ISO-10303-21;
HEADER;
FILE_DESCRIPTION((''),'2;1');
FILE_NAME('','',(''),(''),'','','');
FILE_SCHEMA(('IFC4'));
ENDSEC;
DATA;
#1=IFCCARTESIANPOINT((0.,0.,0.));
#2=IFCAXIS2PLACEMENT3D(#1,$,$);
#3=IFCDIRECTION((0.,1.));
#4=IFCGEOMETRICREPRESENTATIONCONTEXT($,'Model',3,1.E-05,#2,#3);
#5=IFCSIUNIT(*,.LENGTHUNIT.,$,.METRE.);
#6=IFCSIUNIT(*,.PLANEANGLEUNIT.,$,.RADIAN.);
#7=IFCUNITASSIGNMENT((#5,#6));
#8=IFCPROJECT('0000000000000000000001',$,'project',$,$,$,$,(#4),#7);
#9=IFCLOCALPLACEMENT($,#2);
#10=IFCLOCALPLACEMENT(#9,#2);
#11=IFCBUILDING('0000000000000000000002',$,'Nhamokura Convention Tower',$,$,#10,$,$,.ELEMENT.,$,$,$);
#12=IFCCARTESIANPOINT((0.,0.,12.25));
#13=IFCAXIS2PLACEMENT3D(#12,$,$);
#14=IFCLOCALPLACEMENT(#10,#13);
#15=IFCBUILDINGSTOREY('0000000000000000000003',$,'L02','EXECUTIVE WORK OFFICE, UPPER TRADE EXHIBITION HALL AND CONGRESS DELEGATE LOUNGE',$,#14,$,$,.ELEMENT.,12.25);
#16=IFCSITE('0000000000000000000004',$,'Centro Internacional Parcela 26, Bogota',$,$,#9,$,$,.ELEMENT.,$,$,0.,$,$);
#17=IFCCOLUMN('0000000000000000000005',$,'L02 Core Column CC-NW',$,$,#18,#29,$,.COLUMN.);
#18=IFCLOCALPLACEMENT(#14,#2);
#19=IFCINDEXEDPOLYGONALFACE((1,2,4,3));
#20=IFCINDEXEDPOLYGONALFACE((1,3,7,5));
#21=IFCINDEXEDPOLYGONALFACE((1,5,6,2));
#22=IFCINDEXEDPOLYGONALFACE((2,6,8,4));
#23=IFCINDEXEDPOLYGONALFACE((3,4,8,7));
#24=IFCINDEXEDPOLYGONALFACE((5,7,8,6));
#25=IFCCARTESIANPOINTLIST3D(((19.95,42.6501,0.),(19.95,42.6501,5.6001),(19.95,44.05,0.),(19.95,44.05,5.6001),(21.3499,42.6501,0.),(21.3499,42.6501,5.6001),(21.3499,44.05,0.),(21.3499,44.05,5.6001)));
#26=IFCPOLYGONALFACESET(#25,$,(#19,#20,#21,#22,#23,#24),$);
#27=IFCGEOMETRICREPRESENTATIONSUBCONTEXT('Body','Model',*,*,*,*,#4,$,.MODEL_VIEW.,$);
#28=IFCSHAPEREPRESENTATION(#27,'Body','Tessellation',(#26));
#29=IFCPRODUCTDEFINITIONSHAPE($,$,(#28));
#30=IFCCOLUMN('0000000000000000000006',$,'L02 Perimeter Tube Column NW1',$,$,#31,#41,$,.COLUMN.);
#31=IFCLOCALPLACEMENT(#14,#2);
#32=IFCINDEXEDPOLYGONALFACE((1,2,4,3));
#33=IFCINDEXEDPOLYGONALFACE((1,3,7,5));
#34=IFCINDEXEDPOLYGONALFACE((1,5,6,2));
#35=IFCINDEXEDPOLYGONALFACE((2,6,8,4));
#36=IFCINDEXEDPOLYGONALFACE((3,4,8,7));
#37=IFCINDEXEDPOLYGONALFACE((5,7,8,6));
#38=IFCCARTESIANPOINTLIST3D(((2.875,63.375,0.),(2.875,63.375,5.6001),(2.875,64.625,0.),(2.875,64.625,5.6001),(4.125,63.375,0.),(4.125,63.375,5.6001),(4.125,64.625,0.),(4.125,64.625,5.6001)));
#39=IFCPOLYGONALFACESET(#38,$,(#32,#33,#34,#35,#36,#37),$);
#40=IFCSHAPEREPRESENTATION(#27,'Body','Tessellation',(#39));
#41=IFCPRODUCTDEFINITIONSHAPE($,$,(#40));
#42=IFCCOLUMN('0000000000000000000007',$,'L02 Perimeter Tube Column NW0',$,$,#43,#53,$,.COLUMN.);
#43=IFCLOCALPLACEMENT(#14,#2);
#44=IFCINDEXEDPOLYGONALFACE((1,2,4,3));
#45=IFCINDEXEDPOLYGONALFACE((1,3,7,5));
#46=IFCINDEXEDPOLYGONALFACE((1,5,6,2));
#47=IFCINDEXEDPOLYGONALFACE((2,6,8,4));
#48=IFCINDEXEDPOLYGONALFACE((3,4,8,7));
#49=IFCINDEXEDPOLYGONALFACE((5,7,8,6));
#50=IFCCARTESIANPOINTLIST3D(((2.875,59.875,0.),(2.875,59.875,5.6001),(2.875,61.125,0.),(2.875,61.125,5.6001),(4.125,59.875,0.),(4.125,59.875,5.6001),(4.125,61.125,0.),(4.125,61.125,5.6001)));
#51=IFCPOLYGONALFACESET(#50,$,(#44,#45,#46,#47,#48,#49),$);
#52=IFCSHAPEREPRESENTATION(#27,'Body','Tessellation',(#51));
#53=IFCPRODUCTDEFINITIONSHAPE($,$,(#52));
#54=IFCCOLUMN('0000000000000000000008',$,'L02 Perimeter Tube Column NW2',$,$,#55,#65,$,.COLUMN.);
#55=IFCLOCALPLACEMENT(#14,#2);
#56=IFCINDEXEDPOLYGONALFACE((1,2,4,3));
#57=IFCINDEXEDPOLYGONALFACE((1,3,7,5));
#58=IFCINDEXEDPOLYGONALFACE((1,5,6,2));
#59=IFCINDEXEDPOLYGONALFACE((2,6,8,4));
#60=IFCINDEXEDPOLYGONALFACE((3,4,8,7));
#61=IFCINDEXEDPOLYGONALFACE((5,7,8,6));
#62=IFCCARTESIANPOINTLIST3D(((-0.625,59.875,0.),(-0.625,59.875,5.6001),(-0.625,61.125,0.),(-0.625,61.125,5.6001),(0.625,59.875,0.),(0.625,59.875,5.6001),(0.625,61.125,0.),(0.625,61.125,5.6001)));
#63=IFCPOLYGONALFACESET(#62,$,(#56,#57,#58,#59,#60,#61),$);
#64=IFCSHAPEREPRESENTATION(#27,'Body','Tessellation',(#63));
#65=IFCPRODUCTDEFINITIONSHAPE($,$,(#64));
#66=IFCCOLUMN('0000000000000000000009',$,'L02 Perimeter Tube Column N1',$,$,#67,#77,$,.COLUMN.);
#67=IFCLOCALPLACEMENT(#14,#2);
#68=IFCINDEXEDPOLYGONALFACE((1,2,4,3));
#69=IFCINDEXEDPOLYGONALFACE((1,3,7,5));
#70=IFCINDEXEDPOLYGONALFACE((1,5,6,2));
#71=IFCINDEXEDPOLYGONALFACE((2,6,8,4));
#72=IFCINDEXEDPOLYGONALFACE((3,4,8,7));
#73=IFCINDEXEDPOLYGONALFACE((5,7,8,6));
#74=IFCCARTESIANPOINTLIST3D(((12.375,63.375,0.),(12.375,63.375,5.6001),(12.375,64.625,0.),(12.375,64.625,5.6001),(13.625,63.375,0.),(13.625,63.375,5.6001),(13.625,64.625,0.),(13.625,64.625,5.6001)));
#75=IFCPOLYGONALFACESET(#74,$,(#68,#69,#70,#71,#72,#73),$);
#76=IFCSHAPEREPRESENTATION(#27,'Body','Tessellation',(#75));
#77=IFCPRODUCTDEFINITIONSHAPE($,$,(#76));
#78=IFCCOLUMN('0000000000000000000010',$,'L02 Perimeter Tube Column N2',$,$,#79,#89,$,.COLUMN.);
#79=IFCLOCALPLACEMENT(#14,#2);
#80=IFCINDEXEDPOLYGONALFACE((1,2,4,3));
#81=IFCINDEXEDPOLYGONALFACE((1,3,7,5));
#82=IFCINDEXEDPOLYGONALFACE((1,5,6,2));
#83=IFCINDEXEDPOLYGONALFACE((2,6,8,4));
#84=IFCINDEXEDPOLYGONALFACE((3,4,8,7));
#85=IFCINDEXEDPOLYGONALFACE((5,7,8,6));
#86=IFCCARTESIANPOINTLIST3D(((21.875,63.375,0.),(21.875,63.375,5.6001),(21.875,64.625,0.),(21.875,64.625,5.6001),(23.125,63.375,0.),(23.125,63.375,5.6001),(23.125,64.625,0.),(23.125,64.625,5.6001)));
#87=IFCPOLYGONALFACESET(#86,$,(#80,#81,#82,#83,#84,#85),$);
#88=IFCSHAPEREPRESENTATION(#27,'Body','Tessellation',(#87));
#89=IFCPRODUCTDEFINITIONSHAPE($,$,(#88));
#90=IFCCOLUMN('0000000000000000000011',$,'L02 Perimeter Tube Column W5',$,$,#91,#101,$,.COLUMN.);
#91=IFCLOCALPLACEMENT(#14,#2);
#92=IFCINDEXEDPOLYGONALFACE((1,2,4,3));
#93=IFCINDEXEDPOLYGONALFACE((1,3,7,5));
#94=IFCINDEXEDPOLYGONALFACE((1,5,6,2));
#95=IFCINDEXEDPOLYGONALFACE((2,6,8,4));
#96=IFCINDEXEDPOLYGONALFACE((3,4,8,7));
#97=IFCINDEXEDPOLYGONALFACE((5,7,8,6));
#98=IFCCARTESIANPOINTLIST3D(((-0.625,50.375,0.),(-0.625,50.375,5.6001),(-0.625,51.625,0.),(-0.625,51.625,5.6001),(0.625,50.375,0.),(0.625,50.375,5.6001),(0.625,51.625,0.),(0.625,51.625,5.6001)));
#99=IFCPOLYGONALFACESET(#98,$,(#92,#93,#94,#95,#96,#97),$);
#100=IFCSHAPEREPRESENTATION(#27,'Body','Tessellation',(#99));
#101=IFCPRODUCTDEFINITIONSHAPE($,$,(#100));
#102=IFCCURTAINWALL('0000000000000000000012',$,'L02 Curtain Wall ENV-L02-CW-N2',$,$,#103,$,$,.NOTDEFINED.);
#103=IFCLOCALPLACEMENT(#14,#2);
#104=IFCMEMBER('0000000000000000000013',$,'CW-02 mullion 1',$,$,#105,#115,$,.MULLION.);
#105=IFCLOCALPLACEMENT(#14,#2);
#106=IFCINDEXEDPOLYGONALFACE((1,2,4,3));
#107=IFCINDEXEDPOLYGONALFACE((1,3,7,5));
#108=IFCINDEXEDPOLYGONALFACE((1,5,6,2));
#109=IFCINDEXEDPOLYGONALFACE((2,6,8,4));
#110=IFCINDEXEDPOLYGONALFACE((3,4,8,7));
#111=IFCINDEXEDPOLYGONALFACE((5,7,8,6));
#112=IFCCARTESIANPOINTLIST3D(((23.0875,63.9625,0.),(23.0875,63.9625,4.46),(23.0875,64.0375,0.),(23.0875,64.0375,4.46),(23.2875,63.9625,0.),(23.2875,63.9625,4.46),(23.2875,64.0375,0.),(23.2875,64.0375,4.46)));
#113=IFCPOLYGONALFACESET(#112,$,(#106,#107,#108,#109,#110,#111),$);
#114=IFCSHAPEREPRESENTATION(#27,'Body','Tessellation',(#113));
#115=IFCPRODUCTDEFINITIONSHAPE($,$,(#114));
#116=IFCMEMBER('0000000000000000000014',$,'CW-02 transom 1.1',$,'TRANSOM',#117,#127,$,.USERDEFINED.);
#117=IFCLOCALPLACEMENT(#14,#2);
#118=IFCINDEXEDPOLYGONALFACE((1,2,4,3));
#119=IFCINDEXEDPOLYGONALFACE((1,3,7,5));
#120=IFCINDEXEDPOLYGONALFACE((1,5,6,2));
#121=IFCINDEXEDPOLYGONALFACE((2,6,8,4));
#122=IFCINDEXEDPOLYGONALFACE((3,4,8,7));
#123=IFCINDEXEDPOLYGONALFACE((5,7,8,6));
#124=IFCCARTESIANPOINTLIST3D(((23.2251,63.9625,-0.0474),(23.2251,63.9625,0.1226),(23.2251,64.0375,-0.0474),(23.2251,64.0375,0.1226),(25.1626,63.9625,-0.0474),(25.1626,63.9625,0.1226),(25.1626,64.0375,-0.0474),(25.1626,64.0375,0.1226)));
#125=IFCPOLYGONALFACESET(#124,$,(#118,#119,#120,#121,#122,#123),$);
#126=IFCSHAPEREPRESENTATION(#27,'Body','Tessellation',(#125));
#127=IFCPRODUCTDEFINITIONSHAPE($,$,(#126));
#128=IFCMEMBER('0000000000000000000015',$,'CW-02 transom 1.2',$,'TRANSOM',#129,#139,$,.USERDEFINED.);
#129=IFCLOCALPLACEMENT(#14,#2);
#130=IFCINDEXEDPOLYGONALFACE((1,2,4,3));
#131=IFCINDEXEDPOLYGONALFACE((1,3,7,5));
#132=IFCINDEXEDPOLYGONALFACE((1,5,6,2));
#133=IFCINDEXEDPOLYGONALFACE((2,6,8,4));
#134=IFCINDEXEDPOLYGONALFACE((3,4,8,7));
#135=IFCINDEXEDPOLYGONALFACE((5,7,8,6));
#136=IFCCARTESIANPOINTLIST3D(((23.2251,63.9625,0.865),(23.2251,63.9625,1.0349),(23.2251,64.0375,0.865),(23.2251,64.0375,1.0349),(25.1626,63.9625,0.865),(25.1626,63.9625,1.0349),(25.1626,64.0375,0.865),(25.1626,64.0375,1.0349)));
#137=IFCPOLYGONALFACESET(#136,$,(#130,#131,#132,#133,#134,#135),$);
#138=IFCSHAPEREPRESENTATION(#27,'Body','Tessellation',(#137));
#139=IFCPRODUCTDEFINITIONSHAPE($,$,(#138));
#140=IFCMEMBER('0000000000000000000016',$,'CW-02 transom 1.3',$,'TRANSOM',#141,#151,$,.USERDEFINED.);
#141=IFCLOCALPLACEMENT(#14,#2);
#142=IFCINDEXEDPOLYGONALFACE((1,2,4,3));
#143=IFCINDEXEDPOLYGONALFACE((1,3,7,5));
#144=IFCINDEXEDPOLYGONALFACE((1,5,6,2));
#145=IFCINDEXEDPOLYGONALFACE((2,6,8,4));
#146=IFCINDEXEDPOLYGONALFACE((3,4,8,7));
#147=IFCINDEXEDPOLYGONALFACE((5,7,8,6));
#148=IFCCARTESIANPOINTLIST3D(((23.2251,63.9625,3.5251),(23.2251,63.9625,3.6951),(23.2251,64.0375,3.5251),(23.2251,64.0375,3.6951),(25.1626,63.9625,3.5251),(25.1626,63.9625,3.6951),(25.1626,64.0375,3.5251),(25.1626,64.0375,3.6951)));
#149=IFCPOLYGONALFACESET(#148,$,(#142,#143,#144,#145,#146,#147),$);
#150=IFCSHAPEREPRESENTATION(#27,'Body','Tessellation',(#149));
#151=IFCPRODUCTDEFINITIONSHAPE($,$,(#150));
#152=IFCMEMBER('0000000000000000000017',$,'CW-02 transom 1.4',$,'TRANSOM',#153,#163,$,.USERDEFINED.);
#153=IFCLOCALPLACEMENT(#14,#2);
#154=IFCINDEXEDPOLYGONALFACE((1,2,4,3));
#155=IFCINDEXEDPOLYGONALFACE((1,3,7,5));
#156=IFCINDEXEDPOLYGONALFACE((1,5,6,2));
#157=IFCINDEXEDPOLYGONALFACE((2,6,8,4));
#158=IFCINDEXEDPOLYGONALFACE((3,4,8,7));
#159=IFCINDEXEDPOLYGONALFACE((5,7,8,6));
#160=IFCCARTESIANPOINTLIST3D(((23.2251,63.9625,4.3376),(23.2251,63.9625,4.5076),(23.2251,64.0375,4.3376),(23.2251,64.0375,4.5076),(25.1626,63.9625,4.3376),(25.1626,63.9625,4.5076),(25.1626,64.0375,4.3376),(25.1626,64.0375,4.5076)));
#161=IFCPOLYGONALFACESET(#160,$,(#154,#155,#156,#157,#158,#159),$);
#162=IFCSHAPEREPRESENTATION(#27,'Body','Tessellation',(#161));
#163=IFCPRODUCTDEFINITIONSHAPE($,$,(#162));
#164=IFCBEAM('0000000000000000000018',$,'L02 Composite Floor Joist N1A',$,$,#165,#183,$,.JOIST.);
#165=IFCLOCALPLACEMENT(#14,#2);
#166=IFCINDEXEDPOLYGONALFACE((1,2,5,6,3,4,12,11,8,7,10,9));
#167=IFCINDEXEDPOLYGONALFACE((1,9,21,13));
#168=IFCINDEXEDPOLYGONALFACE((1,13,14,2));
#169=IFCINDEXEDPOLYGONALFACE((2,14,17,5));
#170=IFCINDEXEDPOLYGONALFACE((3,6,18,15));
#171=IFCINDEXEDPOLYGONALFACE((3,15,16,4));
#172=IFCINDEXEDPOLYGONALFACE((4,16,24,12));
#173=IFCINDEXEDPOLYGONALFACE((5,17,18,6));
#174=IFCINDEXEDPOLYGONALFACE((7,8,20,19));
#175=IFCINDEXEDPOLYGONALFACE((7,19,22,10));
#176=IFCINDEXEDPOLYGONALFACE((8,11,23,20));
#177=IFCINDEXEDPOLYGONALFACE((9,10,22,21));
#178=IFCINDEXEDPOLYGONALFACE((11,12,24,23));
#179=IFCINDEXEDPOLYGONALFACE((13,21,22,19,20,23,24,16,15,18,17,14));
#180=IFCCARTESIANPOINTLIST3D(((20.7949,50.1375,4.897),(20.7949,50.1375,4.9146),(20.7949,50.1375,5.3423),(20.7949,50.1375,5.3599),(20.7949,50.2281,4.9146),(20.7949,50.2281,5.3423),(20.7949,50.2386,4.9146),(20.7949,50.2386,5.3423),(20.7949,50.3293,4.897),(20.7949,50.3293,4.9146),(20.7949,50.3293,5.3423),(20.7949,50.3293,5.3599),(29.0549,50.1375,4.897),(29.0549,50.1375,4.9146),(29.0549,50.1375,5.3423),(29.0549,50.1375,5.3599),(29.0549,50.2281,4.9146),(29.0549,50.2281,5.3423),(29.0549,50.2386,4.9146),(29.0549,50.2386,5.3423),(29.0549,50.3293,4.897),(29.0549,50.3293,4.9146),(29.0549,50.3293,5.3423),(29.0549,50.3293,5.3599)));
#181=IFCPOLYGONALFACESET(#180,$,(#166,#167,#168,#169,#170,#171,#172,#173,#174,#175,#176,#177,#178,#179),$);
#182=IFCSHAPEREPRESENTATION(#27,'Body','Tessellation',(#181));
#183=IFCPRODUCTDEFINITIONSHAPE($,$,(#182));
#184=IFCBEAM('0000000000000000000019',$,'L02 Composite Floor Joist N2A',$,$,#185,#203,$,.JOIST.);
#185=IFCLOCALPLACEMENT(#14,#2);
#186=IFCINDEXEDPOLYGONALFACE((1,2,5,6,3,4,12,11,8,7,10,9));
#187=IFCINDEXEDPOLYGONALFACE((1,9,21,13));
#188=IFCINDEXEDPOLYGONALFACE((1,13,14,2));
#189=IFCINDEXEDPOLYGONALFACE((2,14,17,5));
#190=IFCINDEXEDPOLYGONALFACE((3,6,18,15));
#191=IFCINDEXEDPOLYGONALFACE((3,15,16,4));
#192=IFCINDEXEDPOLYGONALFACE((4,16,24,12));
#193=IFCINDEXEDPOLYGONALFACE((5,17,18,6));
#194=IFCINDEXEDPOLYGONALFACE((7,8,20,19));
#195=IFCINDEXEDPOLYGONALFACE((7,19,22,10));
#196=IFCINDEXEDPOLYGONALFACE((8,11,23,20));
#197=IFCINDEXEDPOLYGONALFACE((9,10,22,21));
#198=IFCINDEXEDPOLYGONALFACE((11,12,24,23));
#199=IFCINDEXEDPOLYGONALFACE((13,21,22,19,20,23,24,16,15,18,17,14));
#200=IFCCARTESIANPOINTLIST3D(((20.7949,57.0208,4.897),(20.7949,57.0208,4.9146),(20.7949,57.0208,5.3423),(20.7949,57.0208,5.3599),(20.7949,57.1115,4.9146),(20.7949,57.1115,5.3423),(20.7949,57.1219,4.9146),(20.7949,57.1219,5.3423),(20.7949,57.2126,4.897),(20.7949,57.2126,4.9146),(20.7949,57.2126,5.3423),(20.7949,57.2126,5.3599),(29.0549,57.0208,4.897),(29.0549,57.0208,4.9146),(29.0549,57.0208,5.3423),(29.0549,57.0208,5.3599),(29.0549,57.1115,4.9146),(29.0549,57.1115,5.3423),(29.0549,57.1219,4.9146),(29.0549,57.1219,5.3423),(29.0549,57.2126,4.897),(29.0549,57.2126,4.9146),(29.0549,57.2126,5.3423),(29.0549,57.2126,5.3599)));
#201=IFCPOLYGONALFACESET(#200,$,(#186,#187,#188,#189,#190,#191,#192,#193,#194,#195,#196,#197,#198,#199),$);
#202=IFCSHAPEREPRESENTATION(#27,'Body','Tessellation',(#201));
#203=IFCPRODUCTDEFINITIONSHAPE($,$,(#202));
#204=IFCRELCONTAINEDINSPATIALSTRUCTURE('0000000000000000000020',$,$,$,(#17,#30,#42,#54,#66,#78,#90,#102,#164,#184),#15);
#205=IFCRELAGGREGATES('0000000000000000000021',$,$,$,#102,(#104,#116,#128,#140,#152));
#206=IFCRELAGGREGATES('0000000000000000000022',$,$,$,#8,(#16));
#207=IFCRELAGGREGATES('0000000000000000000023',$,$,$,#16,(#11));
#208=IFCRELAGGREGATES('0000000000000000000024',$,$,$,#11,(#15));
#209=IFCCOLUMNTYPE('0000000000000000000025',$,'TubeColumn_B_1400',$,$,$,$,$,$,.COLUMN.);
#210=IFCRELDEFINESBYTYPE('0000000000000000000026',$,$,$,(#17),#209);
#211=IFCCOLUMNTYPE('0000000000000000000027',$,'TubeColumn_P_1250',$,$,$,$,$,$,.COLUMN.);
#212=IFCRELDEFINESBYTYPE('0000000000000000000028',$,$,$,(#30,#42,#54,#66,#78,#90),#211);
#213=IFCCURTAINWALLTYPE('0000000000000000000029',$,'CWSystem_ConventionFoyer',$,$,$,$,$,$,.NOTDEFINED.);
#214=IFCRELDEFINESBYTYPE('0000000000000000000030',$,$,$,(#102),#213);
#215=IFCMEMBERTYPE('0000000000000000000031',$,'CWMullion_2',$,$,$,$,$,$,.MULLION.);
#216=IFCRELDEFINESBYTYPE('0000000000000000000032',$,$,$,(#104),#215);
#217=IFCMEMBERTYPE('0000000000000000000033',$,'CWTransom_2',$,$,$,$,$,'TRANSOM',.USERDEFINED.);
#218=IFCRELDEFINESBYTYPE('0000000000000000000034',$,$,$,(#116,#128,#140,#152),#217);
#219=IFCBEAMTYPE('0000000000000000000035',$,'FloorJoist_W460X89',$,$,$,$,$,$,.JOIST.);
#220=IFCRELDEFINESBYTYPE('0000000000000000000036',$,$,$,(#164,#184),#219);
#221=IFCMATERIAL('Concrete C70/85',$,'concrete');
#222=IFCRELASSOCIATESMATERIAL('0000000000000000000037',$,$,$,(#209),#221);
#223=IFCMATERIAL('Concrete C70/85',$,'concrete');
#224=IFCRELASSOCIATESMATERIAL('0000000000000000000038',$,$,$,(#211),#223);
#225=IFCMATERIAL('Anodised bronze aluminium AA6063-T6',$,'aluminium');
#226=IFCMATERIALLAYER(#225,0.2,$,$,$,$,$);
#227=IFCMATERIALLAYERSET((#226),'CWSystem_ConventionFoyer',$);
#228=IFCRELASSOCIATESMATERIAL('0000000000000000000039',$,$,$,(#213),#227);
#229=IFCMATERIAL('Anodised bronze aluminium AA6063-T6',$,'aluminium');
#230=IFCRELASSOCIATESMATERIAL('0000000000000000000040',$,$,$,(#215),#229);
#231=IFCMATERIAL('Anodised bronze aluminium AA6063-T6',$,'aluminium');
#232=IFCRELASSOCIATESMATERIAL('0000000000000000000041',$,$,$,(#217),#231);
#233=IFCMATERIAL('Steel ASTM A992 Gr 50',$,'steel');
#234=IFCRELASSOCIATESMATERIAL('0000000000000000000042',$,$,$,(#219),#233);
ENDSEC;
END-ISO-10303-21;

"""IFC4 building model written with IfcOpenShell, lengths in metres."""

from ifc_helpers import new_model, si_unit, direction, frame, origin, origin_2d, place, context, subcontext, project, spatial, rectangle, i_section, extrude, material, layer, layer_set, material_profile, profile_set, type_object, element, aggregate, save


model = new_model("IFC4")

# Units and contexts
model_context = context("Model", 3, precision=1e-05, world=origin(), true_north=direction((0.0, 1.0)))
body_context = subcontext(model_context, "Body", "Model", "MODEL_VIEW")
ifc_project = project(units=[si_unit("LENGTHUNIT", "METRE"), si_unit("PLANEANGLEUNIT", "RADIAN")], contexts=[model_context])

# Site, building, storey
site_placement = place(None, origin())
site = spatial("IfcSite", under=ifc_project, at=site_placement, Name="Centro Internacional Parcela 26, Bogota", CompositionType="ELEMENT", RefElevation=0.0)
building_placement = place(site_placement, origin())
building = spatial("IfcBuilding", under=site, at=building_placement, Name="Nhamokura Convention Tower", CompositionType="ELEMENT")
storey_placement = place(building_placement, frame((0.0, 0.0, 12.25)))
storey = spatial("IfcBuildingStorey", under=building, at=storey_placement, Name="L02", Description="EXECUTIVE WORK OFFICE, UPPER TRADE EXHIBITION HALL AND CONGRESS DELEGATE LOUNGE", CompositionType="ELEMENT", Elevation=12.25)

# Columns
ifc_material_1 = material(Name="Concrete C70/85", Category="concrete")
ifc_material_profile_1 = material_profile(ifc_material_1, rectangle(XDim=1.3999, YDim=1.3999, at=origin_2d()))
ifc_profile_set_1 = profile_set([ifc_material_profile_1], Name="Concrete C70/85")
column_type_1 = type_object("IfcColumnType", Name="TubeColumn_B_1400", PredefinedType="COLUMN", material=ifc_profile_set_1)
column_placement = place(storey_placement, frame((20.6499, 43.3501, 0.0), z_axis=(0.0, 0.0, 1.0), x_axis=(1.0, 0.0, 0.0)))
element("IfcColumn", 1, at=column_placement, inside=storey, type_object=column_type_1, Name="L02 Core Column CC-NW", PredefinedType="COLUMN", context=body_context, shape_type="SweptSolid", body=[
    extrude(rectangle(XDim=1.3999, YDim=1.3999, at=origin_2d()), origin(), (0.0, 0.0, 1.0), 5.6001),
])
ifc_material_2 = material(Name="Concrete C70/85", Category="concrete")
ifc_material_profile_2 = material_profile(ifc_material_2, rectangle(XDim=1.25, YDim=1.25, at=origin_2d()))
ifc_profile_set_2 = profile_set([ifc_material_profile_2], Name="Concrete C70/85")
column_type_2 = type_object("IfcColumnType", Name="TubeColumn_P_1250", PredefinedType="COLUMN", material=ifc_profile_set_2)
for number, where, z_axis, x_axis, name in (
    (2, (3.5, 64.0, 0.0), (0.0, 0.0, 1.0), (1.0, 0.0, 0.0), "L02 Perimeter Tube Column NW1"),
    (3, (3.5, 60.5, 0.0), (0.0, 0.0, 1.0), (1.0, 0.0, 0.0), "L02 Perimeter Tube Column NW0"),
    (4, (0.0, 60.5, 0.0), (0.0, 0.0, 1.0), (1.0, 0.0, 0.0), "L02 Perimeter Tube Column NW2"),
    (5, (13.0, 64.0, 0.0), (0.0, 0.0, 1.0), (1.0, 0.0, 0.0), "L02 Perimeter Tube Column N1"),
    (6, (22.5, 64.0, 0.0), (0.0, 0.0, 1.0), (1.0, 0.0, 0.0), "L02 Perimeter Tube Column N2"),
    (7, (0.0, 51.0, 0.0), (0.0, 0.0, 1.0), (1.0, 0.0, 0.0), "L02 Perimeter Tube Column W5"),
):
    element("IfcColumn", number, at=place(storey_placement, frame(where, z_axis=z_axis, x_axis=x_axis)), inside=storey, type_object=column_type_2, Name=name, PredefinedType="COLUMN", context=body_context, shape_type="SweptSolid", body=[
        extrude(rectangle(XDim=1.25, YDim=1.25, at=origin_2d()), origin(), (0.0, 0.0, 1.0), 5.6001),
    ])

# Curtain wall, members
ifc_material_3 = material(Name="Anodised bronze aluminium AA6063-T6", Category="aluminium")
ifc_layer_1 = layer(ifc_material_3, 0.2)
ifc_layer_set_1 = layer_set([ifc_layer_1], Name="CWSystem_ConventionFoyer")
curtain_wall_type = type_object("IfcCurtainWallType", Name="CWSystem_ConventionFoyer", PredefinedType="NOTDEFINED", material=ifc_layer_set_1)
curtain_wall_placement = place(storey_placement, origin())
curtain_wall = element("IfcCurtainWall", 8, at=curtain_wall_placement, inside=storey, type_object=curtain_wall_type, Name="L02 Curtain Wall ENV-L02-CW-N2", PredefinedType="NOTDEFINED")
ifc_material_4 = material(Name="Anodised bronze aluminium AA6063-T6", Category="aluminium")
ifc_material_profile_3 = material_profile(ifc_material_4, rectangle(XDim=0.075, YDim=0.2, at=origin_2d()))
ifc_profile_set_3 = profile_set([ifc_material_profile_3], Name="Anodised bronze aluminium AA6063-T6")
member_type_1 = type_object("IfcMemberType", Name="CWMullion_2", PredefinedType="MULLION", material=ifc_profile_set_3)
member_1_placement = place(storey_placement, frame((23.1875, 64.0, 0.0), z_axis=(0.0, 0.0, 1.0), x_axis=(0.0, 1.0, 0.0)))
member_1 = element("IfcMember", 9, at=member_1_placement, type_object=member_type_1, Name="CW-02 mullion 1", PredefinedType="MULLION", context=body_context, shape_type="SweptSolid", body=[
    extrude(rectangle(XDim=0.075, YDim=0.2, at=origin_2d()), origin(), (0.0, 0.0, 1.0), 4.46),
])
ifc_material_5 = material(Name="Anodised bronze aluminium AA6063-T6", Category="aluminium")
ifc_material_profile_4 = material_profile(ifc_material_5, rectangle(XDim=0.075, YDim=0.1699, at=origin_2d()))
ifc_profile_set_4 = profile_set([ifc_material_profile_4], Name="Anodised bronze aluminium AA6063-T6")
member_type_2 = type_object("IfcMemberType", Name="CWTransom_2", ElementType="TRANSOM", PredefinedType="USERDEFINED", material=ifc_profile_set_4)
member_2_placement = place(storey_placement, frame((23.2251, 64.0, 0.0376), z_axis=(1.0, 0.0, 0.0), x_axis=(0.0, 1.0, 0.0)))
member_2 = element("IfcMember", 10, at=member_2_placement, type_object=member_type_2, Name="CW-02 transom 1.1", ObjectType="TRANSOM", PredefinedType="USERDEFINED", context=body_context, shape_type="SweptSolid", body=[
    extrude(rectangle(XDim=0.075, YDim=0.1699, at=origin_2d()), origin(), (0.0, 0.0, 1.0), 1.9375),
])
member_3_placement = place(storey_placement, frame((23.2251, 64.0, 0.95), z_axis=(1.0, 0.0, 0.0), x_axis=(0.0, 1.0, 0.0)))
member_3 = element("IfcMember", 11, at=member_3_placement, type_object=member_type_2, Name="CW-02 transom 1.2", ObjectType="TRANSOM", PredefinedType="USERDEFINED", context=body_context, shape_type="SweptSolid", body=[
    extrude(rectangle(XDim=0.075, YDim=0.1699, at=origin_2d()), origin(), (0.0, 0.0, 1.0), 1.9375),
])
member_4_placement = place(storey_placement, frame((23.2251, 64.0, 3.6101), z_axis=(1.0, 0.0, 0.0), x_axis=(0.0, 1.0, 0.0)))
member_4 = element("IfcMember", 12, at=member_4_placement, type_object=member_type_2, Name="CW-02 transom 1.3", ObjectType="TRANSOM", PredefinedType="USERDEFINED", context=body_context, shape_type="SweptSolid", body=[
    extrude(rectangle(XDim=0.075, YDim=0.1699, at=origin_2d()), origin(), (0.0, 0.0, 1.0), 1.9375),
])
member_5_placement = place(storey_placement, frame((23.2251, 64.0, 4.4226), z_axis=(1.0, 0.0, 0.0), x_axis=(0.0, 1.0, 0.0)))
member_5 = element("IfcMember", 13, at=member_5_placement, type_object=member_type_2, Name="CW-02 transom 1.4", ObjectType="TRANSOM", PredefinedType="USERDEFINED", context=body_context, shape_type="SweptSolid", body=[
    extrude(rectangle(XDim=0.075, YDim=0.1699, at=origin_2d()), origin(), (0.0, 0.0, 1.0), 1.9375),
])
aggregate(curtain_wall, [member_1, member_2, member_3, member_4, member_5])

# Beams
ifc_material_6 = material(Name="Steel ASTM A992 Gr 50", Category="steel")
ifc_material_profile_5 = material_profile(ifc_material_6, i_section(OverallWidth=0.1919, OverallDepth=0.4629, WebThickness=0.0105, FlangeThickness=0.0176, at=origin_2d()))
ifc_profile_set_5 = profile_set([ifc_material_profile_5], Name="Steel ASTM A992 Gr 50")
beam_type_1 = type_object("IfcBeamType", Name="FloorJoist_W460X89", PredefinedType="JOIST", material=ifc_profile_set_5)
for number, where, z_axis, x_axis, name in (
    (14, (20.7949, 50.2334, 5.1284), (1.0, 0.0, 0.0), (0.0, 1.0, 0.0), "L02 Composite Floor Joist N1A"),
    (15, (20.7949, 57.1167, 5.1284), (1.0, 0.0, 0.0), (0.0, 1.0, 0.0), "L02 Composite Floor Joist N2A"),
):
    element("IfcBeam", number, at=place(storey_placement, frame(where, z_axis=z_axis, x_axis=x_axis)), inside=storey, type_object=beam_type_1, Name=name, PredefinedType="JOIST", context=body_context, shape_type="SweptSolid", body=[
        extrude(i_section(OverallWidth=0.1919, OverallDepth=0.4629, WebThickness=0.0105, FlangeThickness=0.0176, at=origin_2d()), origin(), (0.0, 0.0, 1.0), 8.26),
    ])

save(model, "model.ifc")
